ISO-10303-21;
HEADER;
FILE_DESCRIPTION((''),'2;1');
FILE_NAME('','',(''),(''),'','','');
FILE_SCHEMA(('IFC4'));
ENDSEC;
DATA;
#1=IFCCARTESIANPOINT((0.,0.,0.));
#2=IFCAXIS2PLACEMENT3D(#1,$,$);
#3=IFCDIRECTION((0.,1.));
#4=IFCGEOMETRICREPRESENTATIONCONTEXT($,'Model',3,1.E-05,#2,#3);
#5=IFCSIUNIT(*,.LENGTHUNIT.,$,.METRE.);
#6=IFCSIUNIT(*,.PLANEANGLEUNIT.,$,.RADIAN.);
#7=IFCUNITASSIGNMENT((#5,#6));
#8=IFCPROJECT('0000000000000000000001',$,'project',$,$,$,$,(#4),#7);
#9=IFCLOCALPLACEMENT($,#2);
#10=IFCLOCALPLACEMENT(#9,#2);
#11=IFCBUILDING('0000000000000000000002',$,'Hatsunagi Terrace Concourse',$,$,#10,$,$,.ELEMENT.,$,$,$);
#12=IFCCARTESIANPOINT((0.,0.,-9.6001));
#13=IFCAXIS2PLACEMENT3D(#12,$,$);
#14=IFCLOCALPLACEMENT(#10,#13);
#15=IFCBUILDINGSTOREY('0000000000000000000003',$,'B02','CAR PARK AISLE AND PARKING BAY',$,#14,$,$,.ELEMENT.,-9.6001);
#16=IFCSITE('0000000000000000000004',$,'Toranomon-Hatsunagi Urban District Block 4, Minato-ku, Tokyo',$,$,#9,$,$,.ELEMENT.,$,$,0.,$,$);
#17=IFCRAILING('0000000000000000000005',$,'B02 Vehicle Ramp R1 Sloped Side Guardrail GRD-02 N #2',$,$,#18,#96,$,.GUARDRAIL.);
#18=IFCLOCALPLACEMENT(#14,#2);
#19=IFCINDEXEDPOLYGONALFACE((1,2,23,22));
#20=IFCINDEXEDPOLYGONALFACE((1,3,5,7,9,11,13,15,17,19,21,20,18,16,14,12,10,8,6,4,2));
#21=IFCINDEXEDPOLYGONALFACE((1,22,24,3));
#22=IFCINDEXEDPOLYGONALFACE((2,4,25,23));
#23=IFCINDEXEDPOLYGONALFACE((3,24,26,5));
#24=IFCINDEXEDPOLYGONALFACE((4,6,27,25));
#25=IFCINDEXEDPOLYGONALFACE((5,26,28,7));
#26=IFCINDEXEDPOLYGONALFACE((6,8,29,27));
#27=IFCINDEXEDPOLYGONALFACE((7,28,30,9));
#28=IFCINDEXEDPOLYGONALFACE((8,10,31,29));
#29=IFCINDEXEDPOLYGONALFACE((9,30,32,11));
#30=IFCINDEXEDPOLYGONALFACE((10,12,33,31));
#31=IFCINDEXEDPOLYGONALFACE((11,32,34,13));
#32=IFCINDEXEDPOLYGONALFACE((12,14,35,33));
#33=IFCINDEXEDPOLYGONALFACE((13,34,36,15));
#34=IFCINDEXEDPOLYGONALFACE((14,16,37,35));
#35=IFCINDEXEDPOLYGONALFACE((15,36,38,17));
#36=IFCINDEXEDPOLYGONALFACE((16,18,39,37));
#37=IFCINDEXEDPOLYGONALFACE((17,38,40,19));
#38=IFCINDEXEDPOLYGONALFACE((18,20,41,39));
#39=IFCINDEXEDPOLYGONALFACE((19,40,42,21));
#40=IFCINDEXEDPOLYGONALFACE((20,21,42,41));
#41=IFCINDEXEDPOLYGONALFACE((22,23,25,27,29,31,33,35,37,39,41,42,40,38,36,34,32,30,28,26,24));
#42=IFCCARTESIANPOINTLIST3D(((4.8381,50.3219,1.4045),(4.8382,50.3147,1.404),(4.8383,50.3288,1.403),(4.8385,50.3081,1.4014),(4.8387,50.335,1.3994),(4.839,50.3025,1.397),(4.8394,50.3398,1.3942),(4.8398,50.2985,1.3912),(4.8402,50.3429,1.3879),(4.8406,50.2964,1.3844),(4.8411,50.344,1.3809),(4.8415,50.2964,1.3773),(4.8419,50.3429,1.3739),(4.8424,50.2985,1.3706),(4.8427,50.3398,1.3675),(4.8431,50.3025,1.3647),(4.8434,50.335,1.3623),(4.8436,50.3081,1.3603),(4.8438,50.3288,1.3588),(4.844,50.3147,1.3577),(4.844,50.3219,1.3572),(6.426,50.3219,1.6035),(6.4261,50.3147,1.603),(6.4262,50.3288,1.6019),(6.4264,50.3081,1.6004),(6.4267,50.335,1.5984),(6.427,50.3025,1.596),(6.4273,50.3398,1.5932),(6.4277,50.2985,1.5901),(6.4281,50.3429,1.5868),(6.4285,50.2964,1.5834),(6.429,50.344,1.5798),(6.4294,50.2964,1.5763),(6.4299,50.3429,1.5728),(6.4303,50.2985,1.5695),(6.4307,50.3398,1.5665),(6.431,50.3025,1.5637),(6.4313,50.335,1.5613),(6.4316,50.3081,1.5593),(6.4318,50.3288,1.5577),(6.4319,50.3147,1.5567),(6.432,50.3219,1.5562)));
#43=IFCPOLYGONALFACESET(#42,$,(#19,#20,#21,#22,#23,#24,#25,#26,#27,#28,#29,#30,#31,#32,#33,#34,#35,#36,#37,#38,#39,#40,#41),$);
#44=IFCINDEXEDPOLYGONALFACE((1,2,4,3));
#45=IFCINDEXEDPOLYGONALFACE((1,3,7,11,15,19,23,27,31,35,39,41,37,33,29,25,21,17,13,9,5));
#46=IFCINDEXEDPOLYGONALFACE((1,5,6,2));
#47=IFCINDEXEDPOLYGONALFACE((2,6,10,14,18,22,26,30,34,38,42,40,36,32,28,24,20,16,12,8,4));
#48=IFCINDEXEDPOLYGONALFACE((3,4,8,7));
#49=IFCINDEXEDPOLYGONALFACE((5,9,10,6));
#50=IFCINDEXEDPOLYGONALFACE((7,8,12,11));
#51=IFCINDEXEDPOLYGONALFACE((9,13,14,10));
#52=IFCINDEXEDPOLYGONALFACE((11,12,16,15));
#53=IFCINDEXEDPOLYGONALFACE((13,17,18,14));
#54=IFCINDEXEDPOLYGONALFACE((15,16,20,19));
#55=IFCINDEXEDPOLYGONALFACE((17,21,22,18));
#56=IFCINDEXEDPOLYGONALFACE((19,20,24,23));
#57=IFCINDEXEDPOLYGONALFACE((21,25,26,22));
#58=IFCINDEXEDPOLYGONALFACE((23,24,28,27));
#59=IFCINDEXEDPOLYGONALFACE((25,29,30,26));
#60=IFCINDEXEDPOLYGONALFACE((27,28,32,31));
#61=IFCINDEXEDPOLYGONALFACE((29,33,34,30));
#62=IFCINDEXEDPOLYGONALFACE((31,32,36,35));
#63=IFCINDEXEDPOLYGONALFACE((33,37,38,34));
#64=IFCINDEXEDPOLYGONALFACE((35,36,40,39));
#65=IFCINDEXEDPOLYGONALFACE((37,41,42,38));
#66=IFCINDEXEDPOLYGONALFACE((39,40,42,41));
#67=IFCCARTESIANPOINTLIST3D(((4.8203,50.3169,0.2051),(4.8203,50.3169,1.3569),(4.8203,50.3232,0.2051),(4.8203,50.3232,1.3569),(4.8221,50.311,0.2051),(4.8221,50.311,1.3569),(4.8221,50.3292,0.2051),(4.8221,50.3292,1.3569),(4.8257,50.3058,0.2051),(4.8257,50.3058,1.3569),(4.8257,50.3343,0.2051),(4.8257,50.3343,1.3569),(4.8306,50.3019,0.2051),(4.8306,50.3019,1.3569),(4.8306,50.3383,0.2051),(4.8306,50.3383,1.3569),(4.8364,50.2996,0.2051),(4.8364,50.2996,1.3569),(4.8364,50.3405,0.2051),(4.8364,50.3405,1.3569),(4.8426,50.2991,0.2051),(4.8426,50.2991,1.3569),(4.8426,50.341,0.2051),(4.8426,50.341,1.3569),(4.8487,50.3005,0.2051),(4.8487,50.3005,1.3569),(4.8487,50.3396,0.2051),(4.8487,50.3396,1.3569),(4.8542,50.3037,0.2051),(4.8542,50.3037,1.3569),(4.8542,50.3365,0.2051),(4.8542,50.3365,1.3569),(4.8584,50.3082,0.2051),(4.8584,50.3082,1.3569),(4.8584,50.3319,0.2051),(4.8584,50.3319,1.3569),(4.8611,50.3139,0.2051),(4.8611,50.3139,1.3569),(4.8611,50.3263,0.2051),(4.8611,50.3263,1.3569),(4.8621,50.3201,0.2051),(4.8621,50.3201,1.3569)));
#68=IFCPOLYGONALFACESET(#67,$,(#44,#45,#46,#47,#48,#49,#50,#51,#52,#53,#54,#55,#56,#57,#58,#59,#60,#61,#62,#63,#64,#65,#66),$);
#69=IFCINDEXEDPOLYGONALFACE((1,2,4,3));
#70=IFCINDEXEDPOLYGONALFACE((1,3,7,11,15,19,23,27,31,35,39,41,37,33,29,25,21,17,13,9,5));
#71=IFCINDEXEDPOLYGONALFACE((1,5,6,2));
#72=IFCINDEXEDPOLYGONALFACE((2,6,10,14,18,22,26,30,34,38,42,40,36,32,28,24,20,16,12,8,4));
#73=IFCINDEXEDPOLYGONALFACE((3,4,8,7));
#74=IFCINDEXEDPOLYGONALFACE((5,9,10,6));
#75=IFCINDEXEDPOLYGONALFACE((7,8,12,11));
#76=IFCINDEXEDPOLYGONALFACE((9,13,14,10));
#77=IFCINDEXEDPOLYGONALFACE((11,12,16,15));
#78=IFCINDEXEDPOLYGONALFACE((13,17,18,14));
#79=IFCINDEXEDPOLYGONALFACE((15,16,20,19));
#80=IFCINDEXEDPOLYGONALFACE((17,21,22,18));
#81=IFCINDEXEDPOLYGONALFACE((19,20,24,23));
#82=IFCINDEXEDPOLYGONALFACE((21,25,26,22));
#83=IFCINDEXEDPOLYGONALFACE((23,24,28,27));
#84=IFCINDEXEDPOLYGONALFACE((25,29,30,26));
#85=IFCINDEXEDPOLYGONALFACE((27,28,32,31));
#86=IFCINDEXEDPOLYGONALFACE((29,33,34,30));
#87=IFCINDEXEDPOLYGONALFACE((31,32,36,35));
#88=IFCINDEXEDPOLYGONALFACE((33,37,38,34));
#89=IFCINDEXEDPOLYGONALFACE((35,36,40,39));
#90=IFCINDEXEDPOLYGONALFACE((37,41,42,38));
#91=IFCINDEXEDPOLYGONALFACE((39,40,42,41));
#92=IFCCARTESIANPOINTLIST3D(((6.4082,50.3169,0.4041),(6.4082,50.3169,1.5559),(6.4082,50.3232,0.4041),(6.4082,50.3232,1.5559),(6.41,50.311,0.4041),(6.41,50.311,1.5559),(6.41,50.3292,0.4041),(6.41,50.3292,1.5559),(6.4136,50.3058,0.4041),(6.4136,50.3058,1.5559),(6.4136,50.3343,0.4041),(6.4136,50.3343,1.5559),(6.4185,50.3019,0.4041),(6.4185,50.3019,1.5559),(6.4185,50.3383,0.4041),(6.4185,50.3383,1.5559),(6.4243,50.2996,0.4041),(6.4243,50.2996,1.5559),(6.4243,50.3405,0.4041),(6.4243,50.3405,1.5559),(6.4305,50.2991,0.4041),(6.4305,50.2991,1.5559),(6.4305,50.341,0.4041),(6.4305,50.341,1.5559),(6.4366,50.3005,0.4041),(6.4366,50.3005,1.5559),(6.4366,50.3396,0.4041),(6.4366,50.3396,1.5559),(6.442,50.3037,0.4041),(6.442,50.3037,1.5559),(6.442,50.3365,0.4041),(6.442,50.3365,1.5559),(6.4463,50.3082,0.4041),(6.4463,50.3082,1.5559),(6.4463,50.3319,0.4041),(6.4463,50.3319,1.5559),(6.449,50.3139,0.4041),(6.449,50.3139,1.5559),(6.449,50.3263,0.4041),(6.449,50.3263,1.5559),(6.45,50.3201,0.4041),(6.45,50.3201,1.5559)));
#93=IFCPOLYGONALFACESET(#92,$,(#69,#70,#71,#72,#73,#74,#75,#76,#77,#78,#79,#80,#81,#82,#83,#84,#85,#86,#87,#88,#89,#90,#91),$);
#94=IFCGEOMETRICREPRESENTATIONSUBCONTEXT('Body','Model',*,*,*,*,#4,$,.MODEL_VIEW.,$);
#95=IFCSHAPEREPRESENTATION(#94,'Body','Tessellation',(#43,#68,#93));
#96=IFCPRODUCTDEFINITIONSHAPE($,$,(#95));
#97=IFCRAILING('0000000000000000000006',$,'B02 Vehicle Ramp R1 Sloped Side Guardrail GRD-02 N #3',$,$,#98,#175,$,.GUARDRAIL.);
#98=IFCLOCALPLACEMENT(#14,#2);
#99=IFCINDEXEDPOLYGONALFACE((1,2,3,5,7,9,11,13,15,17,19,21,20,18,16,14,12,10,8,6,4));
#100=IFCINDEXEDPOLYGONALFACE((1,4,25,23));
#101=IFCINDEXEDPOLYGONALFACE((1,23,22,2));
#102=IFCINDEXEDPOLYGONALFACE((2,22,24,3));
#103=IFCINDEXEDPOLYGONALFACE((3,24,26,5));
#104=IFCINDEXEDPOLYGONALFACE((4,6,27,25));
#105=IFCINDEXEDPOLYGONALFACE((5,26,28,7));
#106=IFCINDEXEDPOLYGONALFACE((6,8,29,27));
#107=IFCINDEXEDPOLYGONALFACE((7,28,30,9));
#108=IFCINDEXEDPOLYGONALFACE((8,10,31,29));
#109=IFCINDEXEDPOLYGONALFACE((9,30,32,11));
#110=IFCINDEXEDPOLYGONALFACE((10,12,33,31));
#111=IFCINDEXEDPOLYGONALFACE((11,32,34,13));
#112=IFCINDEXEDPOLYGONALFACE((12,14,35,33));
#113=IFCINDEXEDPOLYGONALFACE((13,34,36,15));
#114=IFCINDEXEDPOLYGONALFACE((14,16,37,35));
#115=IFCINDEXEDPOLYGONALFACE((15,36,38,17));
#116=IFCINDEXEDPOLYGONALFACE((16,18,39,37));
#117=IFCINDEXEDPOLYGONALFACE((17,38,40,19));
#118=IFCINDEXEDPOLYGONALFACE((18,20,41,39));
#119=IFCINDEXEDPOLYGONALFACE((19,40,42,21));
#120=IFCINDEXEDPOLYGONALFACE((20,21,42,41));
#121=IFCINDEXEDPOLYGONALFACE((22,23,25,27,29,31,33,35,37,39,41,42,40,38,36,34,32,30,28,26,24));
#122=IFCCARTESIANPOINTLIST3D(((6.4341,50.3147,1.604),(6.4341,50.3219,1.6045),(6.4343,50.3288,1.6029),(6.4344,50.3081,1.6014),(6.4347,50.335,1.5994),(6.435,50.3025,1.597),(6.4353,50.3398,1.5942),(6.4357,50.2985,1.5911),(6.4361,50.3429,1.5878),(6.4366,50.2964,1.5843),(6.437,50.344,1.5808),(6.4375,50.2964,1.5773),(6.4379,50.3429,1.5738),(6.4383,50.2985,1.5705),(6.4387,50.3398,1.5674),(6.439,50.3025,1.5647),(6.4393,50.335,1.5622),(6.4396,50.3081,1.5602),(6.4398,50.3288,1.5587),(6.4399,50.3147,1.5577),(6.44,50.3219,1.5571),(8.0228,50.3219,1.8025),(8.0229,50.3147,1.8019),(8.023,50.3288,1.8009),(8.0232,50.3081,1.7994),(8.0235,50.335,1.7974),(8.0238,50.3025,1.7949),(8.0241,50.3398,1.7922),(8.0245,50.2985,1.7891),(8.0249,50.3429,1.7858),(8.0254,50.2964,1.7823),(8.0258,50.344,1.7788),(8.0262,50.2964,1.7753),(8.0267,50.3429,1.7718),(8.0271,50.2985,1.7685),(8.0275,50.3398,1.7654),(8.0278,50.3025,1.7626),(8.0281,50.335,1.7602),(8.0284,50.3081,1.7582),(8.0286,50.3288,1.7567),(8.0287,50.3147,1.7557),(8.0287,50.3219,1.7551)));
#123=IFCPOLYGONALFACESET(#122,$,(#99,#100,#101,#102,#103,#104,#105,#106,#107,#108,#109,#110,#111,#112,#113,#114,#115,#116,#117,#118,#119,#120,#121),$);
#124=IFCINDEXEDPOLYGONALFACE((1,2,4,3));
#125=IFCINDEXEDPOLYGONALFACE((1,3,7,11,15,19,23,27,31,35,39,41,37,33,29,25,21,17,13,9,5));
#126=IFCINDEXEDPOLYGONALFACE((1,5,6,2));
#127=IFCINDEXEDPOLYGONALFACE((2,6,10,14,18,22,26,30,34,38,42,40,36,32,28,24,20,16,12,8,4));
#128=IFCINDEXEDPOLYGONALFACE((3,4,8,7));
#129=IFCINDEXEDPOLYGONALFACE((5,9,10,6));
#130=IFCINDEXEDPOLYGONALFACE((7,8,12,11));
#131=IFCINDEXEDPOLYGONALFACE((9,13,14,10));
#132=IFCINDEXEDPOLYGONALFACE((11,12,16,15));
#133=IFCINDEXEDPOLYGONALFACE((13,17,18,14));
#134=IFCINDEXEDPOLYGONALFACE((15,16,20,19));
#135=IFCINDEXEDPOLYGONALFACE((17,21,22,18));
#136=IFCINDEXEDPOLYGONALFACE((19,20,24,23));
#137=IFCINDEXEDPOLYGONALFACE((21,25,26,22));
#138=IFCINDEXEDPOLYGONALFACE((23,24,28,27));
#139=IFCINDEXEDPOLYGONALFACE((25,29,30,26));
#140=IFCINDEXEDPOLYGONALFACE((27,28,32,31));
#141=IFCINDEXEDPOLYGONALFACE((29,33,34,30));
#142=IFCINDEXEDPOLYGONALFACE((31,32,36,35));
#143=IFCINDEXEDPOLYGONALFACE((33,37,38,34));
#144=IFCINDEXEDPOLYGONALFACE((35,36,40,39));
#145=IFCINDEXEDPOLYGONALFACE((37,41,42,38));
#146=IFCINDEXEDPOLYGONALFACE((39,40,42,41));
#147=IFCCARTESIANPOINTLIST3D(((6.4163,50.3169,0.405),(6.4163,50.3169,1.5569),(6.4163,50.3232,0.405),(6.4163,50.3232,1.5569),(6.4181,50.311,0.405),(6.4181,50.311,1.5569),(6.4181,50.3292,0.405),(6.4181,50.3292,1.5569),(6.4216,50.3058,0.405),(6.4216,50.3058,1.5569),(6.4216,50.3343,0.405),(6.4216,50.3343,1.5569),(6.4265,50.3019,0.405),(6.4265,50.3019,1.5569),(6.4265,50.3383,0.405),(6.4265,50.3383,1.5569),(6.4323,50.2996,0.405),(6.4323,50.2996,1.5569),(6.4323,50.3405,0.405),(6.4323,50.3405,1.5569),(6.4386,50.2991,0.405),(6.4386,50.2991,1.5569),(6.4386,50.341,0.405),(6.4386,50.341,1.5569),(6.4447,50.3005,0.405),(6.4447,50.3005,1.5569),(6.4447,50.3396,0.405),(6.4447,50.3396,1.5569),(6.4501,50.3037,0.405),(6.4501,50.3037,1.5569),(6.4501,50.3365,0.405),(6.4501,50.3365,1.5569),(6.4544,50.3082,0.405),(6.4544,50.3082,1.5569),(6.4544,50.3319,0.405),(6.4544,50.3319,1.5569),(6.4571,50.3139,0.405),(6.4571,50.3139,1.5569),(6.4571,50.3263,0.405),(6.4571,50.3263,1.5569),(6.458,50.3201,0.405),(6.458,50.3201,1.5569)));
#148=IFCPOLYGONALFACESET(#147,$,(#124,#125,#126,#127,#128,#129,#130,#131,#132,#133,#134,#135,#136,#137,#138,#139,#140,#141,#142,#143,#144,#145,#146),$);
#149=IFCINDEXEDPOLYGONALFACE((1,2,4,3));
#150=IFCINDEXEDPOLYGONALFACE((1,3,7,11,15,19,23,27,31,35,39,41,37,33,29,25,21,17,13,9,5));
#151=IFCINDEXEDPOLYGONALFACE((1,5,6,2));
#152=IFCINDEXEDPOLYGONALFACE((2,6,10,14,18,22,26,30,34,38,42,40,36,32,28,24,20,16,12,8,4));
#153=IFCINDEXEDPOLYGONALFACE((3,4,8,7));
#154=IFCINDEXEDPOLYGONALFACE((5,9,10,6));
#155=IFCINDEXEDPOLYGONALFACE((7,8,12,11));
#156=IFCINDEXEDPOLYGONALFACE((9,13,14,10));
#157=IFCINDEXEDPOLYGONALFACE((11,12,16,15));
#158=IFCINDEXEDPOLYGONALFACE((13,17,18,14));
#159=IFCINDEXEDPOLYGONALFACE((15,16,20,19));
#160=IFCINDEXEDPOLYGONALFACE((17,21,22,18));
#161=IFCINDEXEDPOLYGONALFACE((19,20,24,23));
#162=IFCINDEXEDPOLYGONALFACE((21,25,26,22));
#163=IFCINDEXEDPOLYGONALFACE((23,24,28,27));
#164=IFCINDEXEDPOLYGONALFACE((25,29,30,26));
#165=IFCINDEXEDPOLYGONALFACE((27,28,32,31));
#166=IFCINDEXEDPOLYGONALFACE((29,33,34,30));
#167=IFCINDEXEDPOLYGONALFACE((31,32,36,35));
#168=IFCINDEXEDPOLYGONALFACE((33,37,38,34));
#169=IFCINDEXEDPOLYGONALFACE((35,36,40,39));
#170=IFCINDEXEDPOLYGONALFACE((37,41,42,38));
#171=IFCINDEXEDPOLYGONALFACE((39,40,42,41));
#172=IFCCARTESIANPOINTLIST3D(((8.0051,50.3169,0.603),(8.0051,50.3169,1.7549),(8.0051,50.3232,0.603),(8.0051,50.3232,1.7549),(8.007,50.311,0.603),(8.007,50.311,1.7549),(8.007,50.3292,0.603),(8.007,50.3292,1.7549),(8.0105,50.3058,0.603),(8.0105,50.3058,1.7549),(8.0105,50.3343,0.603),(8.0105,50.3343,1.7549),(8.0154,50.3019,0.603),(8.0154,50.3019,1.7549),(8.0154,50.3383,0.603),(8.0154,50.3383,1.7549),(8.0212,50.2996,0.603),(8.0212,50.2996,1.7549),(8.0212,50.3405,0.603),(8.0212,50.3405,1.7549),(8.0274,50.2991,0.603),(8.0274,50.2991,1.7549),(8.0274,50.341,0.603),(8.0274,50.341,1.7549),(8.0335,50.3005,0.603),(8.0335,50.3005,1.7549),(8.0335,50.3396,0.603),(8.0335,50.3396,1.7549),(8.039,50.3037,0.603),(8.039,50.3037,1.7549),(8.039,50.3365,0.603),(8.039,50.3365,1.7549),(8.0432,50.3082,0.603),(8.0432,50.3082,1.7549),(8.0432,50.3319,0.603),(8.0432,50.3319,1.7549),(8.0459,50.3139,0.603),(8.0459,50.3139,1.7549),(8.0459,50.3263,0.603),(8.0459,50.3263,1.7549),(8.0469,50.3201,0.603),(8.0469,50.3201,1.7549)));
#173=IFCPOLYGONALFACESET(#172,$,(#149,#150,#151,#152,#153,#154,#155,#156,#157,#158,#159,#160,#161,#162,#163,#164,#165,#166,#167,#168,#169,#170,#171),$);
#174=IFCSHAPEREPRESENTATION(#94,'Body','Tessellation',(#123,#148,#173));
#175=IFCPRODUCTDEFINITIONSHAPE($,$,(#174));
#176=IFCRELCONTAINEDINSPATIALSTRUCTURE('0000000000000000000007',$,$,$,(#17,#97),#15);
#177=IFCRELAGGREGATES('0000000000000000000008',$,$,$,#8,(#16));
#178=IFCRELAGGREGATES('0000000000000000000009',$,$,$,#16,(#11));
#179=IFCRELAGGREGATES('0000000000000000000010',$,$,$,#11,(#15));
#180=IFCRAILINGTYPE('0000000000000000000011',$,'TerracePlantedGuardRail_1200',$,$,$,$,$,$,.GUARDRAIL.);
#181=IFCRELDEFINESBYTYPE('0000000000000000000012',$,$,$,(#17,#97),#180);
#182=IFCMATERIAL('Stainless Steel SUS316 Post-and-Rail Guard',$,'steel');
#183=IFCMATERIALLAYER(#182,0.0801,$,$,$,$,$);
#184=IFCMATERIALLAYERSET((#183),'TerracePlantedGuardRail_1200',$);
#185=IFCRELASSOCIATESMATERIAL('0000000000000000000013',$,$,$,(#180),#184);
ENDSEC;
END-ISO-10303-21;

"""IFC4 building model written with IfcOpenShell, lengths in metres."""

from ifc_helpers import new_model, si_unit, direction, frame, origin, origin_2d, place, context, subcontext, project, spatial, circle, extrude, material, layer, layer_set, type_object, element, save


model = new_model("IFC4")

# Units and contexts
model_context = context("Model", 3, precision=1e-05, world=origin(), true_north=direction((0.0, 1.0)))
body_context = subcontext(model_context, "Body", "Model", "MODEL_VIEW")
ifc_project = project(units=[si_unit("LENGTHUNIT", "METRE"), si_unit("PLANEANGLEUNIT", "RADIAN")], contexts=[model_context])

# Site, building, storey
site_placement = place(None, origin())
site = spatial("IfcSite", under=ifc_project, at=site_placement, Name="Toranomon-Hatsunagi Urban District Block 4, Minato-ku, Tokyo", CompositionType="ELEMENT", RefElevation=0.0)
building_placement = place(site_placement, origin())
building = spatial("IfcBuilding", under=site, at=building_placement, Name="Hatsunagi Terrace Concourse", CompositionType="ELEMENT")
storey_placement = place(building_placement, frame((0.0, 0.0, -9.6001)))
storey = spatial("IfcBuildingStorey", under=building, at=storey_placement, Name="B02", Description="CAR PARK AISLE AND PARKING BAY", CompositionType="ELEMENT", Elevation=-9.6001)

# Railings
ifc_material_1 = material(Name="Stainless Steel SUS316 Post-and-Rail Guard", Category="steel")
ifc_layer_1 = layer(ifc_material_1, 0.0801)
ifc_layer_set_1 = layer_set([ifc_layer_1], Name="TerracePlantedGuardRail_1200")
railing_type = type_object("IfcRailingType", Name="TerracePlantedGuardRail_1200", PredefinedType="GUARDRAIL", material=ifc_layer_set_1)
railing_1_placement = place(storey_placement, frame((4.8411, 50.3201, 0.2051)))
element("IfcRailing", 1, at=railing_1_placement, inside=storey, type_object=railing_type, Name="B02 Vehicle Ramp R1 Sloped Side Guardrail GRD-02 N #2", PredefinedType="GUARDRAIL", context=body_context, shape_type="SweptSolid", body=[
    extrude(circle(Radius=0.0239, at=origin_2d()), frame((0.0, 0.0, 1.1758), z_axis=(0.99224, 0.0, 0.124335), x_axis=(0.0, 1.0, 0.0)), (0.0, 0.0, 1.0), 1.6003),
    extrude(circle(Radius=0.021, at=origin_2d()), origin(), (0.0, 0.0, 1.0), 1.1519),
    extrude(circle(Radius=0.021, at=origin_2d()), frame((1.5879, 0.0, 0.199)), (0.0, 0.0, 1.0), 1.1519),
])
railing_2_placement = place(storey_placement, frame((6.437, 50.3201, 0.405)))
element("IfcRailing", 2, at=railing_2_placement, inside=storey, type_object=railing_type, Name="B02 Vehicle Ramp R1 Sloped Side Guardrail GRD-02 N #3", PredefinedType="GUARDRAIL", context=body_context, shape_type="SweptSolid", body=[
    extrude(circle(Radius=0.0239, at=origin_2d()), frame((0.0, 0.0, 1.1758), z_axis=(0.992325, 0.0, 0.123659), x_axis=(0.0, 1.0, 0.0)), (0.0, 0.0, 1.0), 1.6011),
    extrude(circle(Radius=0.021, at=origin_2d()), origin(), (0.0, 0.0, 1.0), 1.1519),
    extrude(circle(Radius=0.021, at=origin_2d()), frame((1.5889, 0.0, 0.198)), (0.0, 0.0, 1.0), 1.1519),
])

save(model, "model.ifc")
